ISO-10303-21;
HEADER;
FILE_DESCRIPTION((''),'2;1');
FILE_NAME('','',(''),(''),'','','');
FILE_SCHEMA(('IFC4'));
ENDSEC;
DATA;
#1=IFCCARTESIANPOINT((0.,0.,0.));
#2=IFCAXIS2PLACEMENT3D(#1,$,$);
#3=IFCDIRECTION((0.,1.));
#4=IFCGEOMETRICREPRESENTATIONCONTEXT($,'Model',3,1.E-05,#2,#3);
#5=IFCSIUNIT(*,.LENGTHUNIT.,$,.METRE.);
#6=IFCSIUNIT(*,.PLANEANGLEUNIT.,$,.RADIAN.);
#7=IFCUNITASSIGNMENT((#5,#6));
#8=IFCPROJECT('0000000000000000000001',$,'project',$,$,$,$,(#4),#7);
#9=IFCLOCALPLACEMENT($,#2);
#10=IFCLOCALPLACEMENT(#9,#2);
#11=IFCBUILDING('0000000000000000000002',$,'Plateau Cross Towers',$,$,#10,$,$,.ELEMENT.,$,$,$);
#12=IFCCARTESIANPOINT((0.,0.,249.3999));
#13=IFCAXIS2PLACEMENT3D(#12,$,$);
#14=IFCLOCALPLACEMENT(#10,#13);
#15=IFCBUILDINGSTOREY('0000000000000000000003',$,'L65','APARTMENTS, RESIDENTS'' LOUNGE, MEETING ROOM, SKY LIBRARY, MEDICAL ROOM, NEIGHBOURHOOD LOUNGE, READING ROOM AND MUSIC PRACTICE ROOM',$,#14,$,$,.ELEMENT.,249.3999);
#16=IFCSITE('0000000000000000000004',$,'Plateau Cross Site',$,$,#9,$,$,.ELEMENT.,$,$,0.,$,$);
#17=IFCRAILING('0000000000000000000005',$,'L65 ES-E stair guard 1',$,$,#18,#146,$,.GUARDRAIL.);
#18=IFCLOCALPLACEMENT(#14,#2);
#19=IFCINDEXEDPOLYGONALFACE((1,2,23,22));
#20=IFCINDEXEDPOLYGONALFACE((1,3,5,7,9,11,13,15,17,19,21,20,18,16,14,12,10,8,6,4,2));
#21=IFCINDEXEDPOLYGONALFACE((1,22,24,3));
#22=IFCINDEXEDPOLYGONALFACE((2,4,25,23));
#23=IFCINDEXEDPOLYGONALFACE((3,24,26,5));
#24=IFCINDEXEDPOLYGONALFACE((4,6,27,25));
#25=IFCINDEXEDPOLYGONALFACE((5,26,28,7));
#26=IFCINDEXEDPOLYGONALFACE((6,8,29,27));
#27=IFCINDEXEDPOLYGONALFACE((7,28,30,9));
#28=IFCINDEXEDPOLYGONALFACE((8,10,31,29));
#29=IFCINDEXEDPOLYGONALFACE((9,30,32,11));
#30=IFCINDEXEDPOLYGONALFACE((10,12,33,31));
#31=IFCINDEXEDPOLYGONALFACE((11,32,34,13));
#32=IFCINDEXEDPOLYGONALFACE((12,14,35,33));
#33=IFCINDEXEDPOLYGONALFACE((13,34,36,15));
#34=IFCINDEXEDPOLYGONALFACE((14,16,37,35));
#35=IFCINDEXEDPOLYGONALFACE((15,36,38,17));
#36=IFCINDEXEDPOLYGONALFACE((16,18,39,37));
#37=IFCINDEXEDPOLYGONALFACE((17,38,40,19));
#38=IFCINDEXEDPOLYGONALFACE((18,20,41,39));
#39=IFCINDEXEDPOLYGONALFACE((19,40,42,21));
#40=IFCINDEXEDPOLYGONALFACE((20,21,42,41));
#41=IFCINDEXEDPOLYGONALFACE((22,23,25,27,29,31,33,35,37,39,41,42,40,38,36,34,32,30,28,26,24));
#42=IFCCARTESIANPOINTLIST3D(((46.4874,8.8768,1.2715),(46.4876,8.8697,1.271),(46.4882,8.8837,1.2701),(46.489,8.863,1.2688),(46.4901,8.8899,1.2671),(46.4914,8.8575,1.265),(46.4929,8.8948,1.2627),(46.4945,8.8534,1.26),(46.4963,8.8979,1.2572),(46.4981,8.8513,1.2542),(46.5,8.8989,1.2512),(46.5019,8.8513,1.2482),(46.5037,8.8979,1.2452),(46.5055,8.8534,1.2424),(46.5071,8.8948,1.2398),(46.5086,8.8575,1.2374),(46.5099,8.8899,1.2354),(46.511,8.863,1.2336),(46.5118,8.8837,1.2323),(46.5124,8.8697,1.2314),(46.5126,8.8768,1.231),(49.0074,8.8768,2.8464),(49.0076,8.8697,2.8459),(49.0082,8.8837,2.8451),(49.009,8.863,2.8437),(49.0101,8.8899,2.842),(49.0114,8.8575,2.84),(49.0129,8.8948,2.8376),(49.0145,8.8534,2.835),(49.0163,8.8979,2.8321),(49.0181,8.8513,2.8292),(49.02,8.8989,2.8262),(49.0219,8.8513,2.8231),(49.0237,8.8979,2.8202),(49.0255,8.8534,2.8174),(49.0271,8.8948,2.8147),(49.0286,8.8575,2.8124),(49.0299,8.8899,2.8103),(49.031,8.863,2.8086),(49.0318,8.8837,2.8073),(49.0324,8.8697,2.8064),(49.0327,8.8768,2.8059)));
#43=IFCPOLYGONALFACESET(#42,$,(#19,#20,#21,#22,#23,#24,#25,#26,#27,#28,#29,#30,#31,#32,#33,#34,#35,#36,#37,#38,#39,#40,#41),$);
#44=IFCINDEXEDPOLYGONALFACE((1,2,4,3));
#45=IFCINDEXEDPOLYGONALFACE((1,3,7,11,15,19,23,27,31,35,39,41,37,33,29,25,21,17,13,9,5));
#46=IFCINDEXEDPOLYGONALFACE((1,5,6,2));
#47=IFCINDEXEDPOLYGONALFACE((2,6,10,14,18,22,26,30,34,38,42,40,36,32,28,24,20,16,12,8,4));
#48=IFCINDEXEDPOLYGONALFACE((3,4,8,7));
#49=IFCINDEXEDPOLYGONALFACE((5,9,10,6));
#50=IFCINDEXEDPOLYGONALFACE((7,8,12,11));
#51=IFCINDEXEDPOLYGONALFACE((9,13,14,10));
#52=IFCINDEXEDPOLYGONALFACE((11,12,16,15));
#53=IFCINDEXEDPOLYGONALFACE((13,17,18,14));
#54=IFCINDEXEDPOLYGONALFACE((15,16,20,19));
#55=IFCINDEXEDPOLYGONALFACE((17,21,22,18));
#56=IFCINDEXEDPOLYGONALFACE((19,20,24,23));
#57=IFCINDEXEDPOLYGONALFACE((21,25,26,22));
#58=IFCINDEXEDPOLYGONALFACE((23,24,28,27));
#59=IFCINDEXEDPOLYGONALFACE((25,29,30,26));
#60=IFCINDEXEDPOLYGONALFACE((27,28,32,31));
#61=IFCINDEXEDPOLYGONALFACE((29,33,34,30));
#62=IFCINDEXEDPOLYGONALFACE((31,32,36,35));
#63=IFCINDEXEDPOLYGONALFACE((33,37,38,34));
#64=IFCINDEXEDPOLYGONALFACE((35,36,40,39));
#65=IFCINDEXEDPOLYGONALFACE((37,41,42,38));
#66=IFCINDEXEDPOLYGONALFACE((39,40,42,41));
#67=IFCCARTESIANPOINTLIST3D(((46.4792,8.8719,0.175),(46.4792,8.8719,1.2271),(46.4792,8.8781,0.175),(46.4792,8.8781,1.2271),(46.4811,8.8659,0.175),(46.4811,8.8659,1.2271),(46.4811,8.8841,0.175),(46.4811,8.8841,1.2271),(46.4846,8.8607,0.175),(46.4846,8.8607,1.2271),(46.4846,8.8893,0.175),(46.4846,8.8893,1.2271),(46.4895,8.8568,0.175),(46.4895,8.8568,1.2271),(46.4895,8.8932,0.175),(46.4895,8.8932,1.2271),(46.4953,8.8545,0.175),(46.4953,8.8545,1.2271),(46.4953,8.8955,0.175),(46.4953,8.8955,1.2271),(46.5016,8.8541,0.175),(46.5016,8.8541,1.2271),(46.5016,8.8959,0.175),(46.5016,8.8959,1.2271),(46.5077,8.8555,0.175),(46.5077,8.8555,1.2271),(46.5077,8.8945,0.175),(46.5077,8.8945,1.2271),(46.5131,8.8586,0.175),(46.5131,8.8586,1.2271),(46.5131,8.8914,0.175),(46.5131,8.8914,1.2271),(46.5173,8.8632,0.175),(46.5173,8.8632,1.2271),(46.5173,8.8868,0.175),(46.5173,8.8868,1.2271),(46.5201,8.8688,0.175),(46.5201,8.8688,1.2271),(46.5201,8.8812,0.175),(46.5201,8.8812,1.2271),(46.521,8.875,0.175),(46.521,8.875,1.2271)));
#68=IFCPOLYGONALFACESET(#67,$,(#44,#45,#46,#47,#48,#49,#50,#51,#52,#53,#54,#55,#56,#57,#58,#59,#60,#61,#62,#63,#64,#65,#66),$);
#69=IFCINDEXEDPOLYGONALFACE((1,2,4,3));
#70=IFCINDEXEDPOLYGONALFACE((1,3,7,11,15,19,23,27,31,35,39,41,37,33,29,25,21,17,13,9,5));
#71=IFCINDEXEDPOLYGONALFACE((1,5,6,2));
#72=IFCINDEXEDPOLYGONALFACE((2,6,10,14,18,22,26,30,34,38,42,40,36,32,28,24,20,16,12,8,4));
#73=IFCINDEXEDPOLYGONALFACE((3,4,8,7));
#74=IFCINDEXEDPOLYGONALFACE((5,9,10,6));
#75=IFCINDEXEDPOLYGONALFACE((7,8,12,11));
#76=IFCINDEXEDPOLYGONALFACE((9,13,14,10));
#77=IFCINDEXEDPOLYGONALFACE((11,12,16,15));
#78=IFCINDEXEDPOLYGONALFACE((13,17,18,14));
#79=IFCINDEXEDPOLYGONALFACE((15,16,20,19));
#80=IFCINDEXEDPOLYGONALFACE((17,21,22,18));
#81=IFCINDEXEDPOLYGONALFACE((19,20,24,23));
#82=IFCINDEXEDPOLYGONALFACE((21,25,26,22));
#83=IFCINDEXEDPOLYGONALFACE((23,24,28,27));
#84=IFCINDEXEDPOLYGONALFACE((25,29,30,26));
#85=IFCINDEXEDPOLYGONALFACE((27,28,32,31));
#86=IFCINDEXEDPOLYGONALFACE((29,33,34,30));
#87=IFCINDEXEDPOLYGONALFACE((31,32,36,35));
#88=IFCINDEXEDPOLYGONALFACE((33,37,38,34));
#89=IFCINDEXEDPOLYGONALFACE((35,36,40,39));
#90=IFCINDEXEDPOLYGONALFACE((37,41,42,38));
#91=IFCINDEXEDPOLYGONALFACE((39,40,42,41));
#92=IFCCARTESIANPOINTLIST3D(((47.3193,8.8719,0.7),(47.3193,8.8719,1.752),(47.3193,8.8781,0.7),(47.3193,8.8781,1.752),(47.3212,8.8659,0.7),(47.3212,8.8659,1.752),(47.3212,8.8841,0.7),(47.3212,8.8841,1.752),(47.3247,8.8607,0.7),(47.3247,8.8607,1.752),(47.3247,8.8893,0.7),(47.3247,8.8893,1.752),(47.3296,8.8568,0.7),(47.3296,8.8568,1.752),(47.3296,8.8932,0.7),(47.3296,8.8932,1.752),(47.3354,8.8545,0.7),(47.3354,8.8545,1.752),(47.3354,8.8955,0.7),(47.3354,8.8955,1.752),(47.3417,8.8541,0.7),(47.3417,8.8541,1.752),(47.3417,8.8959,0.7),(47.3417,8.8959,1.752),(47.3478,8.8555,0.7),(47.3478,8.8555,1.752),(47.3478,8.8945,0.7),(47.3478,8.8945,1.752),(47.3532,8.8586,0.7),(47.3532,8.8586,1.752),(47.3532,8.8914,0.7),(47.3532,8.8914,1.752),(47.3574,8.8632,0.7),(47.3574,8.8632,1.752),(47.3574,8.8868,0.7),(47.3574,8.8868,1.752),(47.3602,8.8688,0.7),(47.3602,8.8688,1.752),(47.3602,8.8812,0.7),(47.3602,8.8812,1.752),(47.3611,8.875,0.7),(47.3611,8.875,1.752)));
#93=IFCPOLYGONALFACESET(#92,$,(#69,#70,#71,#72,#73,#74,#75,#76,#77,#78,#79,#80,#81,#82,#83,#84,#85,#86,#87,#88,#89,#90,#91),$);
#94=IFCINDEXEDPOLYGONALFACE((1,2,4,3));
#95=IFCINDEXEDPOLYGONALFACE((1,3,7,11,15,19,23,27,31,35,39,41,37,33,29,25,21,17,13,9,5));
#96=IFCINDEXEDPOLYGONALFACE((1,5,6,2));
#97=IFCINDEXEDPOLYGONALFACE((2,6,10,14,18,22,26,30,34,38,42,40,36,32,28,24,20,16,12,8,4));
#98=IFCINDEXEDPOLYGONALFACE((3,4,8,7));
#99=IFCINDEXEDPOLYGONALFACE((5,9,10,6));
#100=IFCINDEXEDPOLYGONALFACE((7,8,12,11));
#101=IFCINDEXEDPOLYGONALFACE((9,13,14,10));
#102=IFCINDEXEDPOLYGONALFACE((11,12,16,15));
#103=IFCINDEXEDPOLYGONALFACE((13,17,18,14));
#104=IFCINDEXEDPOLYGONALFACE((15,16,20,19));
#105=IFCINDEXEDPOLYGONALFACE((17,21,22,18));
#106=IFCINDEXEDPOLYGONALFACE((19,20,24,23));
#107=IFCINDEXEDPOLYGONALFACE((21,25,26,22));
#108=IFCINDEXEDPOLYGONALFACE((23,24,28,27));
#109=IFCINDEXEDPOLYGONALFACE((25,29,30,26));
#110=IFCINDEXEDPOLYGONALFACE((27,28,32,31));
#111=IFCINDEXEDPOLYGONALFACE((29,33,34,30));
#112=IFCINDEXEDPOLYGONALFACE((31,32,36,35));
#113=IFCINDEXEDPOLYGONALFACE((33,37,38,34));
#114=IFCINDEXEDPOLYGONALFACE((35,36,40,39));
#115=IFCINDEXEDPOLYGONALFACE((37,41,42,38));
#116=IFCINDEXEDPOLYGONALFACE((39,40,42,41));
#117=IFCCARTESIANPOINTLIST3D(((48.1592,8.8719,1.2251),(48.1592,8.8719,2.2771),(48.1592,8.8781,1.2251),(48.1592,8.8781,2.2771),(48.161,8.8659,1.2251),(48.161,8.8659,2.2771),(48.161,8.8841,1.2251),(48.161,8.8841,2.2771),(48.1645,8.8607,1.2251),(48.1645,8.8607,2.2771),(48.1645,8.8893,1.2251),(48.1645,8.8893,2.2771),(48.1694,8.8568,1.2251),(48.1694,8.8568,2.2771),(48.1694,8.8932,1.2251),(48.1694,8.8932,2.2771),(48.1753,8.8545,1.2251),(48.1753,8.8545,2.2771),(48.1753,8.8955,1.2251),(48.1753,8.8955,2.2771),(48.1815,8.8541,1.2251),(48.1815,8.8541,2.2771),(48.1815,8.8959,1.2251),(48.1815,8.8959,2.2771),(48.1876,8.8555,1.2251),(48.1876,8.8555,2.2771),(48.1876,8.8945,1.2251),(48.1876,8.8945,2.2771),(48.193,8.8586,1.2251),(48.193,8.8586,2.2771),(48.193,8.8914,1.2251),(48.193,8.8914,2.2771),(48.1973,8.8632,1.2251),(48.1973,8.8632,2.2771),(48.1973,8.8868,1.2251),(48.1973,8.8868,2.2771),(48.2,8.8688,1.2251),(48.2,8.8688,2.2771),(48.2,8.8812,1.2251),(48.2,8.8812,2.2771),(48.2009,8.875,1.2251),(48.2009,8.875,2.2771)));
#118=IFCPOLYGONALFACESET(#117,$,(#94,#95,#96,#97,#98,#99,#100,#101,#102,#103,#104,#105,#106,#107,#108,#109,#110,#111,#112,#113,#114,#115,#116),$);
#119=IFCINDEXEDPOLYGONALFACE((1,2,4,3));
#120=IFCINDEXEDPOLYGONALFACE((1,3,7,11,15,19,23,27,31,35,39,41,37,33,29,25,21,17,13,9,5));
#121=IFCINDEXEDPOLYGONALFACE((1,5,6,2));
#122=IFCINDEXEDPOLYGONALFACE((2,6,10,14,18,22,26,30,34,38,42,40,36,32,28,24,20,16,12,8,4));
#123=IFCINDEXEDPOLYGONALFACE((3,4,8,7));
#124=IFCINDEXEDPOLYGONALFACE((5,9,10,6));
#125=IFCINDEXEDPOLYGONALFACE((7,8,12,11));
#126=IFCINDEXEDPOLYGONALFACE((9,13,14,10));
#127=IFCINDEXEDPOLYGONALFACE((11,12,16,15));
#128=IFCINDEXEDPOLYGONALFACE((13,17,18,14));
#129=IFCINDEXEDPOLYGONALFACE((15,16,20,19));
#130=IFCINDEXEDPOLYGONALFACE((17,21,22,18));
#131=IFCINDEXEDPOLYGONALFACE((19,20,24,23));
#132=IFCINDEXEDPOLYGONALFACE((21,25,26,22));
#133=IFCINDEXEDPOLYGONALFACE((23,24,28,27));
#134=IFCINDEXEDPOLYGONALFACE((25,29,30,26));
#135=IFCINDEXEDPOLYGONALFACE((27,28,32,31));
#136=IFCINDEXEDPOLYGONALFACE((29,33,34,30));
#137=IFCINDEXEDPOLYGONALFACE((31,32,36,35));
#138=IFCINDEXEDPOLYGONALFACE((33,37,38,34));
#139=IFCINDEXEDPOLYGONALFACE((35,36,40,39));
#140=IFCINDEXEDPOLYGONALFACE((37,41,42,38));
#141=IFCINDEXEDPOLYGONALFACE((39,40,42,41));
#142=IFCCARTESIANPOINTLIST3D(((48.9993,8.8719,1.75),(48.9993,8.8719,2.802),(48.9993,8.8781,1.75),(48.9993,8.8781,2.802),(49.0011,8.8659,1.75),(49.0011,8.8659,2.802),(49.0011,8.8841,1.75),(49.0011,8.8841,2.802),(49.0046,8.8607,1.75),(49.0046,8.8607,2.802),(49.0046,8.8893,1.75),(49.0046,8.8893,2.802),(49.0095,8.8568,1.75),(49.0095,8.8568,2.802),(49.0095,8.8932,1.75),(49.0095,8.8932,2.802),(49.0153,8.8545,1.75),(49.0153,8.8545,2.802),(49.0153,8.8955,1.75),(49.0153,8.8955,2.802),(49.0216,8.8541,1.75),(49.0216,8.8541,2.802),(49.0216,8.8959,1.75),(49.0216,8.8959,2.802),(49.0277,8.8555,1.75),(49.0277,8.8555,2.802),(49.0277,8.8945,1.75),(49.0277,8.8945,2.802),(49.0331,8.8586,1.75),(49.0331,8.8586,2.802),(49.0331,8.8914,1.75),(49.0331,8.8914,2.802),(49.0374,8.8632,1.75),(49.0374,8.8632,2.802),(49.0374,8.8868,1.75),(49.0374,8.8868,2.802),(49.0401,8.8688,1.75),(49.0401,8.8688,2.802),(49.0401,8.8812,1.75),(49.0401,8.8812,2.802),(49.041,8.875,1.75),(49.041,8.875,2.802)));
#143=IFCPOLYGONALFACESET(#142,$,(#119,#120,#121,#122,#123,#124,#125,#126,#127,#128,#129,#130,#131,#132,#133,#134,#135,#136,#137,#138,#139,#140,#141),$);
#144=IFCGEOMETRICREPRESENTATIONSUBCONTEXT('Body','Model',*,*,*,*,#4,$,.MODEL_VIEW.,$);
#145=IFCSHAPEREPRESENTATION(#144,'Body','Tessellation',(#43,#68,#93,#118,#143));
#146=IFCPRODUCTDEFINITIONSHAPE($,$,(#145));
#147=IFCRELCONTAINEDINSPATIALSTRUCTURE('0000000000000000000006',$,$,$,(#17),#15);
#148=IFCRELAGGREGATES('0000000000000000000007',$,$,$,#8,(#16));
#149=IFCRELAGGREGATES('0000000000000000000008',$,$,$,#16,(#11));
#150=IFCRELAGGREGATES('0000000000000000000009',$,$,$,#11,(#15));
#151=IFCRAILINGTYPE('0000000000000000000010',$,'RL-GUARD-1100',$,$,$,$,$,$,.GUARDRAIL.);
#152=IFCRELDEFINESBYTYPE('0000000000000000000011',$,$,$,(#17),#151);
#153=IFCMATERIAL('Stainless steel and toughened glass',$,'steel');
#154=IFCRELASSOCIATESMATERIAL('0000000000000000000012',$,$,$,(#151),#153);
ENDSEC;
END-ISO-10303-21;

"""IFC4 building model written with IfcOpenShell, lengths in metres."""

from ifc_helpers import new_model, si_unit, direction, frame, origin, origin_2d, place, context, subcontext, project, spatial, circle, extrude, material, type_object, element, save


model = new_model("IFC4")

# Units and contexts
model_context = context("Model", 3, precision=1e-05, world=origin(), true_north=direction((0.0, 1.0)))
body_context = subcontext(model_context, "Body", "Model", "MODEL_VIEW")
ifc_project = project(units=[si_unit("LENGTHUNIT", "METRE"), si_unit("PLANEANGLEUNIT", "RADIAN")], contexts=[model_context])

# Site, building, storey
site_placement = place(None, origin())
site = spatial("IfcSite", under=ifc_project, at=site_placement, Name="Plateau Cross Site", CompositionType="ELEMENT", RefElevation=0.0)
building_placement = place(site_placement, origin())
building = spatial("IfcBuilding", under=site, at=building_placement, Name="Plateau Cross Towers", CompositionType="ELEMENT")
storey_placement = place(building_placement, frame((0.0, 0.0, 249.3999)))
storey = spatial("IfcBuildingStorey", under=building, at=storey_placement, Name="L65", Description="APARTMENTS, RESIDENTS' LOUNGE, MEETING ROOM, SKY LIBRARY, MEDICAL ROOM, NEIGHBOURHOOD LOUNGE, READING ROOM AND MUSIC PRACTICE ROOM", CompositionType="ELEMENT", Elevation=249.3999)

# Railing
ifc_material_1 = material(Name="Stainless steel and toughened glass", Category="steel")
railing_type_1 = type_object("IfcRailingType", Name="RL-GUARD-1100", PredefinedType="GUARDRAIL", material=ifc_material_1)
railing_1_placement = place(storey_placement, frame((46.5, 8.875, 0.175)))
element("IfcRailing", 1, at=railing_1_placement, inside=storey, type_object=railing_type_1, Name="L65 ES-E stair guard 1", PredefinedType="GUARDRAIL", context=body_context, shape_type="SweptSolid", body=[
    extrude(circle(Radius=0.0239, at=origin_2d()), frame((0.0, 0.0, 1.0762), z_axis=(0.848008, 0.0, 0.529984), x_axis=(0.0, 1.0, 0.0)), (0.0, 0.0, 1.0), 2.9717),
    extrude(circle(Radius=0.021, at=origin_2d()), origin(), (0.0, 0.0, 1.0), 1.052),
    extrude(circle(Radius=0.021, at=origin_2d()), frame((0.8401, 0.0, 0.5249)), (0.0, 0.0, 1.0), 1.052),
    extrude(circle(Radius=0.021, at=origin_2d()), frame((1.6799, 0.0, 1.05)), (0.0, 0.0, 1.0), 1.052),
    extrude(circle(Radius=0.021, at=origin_2d()), frame((2.52, 0.0, 1.575)), (0.0, 0.0, 1.0), 1.052),
])

save(model, "model.ifc")
